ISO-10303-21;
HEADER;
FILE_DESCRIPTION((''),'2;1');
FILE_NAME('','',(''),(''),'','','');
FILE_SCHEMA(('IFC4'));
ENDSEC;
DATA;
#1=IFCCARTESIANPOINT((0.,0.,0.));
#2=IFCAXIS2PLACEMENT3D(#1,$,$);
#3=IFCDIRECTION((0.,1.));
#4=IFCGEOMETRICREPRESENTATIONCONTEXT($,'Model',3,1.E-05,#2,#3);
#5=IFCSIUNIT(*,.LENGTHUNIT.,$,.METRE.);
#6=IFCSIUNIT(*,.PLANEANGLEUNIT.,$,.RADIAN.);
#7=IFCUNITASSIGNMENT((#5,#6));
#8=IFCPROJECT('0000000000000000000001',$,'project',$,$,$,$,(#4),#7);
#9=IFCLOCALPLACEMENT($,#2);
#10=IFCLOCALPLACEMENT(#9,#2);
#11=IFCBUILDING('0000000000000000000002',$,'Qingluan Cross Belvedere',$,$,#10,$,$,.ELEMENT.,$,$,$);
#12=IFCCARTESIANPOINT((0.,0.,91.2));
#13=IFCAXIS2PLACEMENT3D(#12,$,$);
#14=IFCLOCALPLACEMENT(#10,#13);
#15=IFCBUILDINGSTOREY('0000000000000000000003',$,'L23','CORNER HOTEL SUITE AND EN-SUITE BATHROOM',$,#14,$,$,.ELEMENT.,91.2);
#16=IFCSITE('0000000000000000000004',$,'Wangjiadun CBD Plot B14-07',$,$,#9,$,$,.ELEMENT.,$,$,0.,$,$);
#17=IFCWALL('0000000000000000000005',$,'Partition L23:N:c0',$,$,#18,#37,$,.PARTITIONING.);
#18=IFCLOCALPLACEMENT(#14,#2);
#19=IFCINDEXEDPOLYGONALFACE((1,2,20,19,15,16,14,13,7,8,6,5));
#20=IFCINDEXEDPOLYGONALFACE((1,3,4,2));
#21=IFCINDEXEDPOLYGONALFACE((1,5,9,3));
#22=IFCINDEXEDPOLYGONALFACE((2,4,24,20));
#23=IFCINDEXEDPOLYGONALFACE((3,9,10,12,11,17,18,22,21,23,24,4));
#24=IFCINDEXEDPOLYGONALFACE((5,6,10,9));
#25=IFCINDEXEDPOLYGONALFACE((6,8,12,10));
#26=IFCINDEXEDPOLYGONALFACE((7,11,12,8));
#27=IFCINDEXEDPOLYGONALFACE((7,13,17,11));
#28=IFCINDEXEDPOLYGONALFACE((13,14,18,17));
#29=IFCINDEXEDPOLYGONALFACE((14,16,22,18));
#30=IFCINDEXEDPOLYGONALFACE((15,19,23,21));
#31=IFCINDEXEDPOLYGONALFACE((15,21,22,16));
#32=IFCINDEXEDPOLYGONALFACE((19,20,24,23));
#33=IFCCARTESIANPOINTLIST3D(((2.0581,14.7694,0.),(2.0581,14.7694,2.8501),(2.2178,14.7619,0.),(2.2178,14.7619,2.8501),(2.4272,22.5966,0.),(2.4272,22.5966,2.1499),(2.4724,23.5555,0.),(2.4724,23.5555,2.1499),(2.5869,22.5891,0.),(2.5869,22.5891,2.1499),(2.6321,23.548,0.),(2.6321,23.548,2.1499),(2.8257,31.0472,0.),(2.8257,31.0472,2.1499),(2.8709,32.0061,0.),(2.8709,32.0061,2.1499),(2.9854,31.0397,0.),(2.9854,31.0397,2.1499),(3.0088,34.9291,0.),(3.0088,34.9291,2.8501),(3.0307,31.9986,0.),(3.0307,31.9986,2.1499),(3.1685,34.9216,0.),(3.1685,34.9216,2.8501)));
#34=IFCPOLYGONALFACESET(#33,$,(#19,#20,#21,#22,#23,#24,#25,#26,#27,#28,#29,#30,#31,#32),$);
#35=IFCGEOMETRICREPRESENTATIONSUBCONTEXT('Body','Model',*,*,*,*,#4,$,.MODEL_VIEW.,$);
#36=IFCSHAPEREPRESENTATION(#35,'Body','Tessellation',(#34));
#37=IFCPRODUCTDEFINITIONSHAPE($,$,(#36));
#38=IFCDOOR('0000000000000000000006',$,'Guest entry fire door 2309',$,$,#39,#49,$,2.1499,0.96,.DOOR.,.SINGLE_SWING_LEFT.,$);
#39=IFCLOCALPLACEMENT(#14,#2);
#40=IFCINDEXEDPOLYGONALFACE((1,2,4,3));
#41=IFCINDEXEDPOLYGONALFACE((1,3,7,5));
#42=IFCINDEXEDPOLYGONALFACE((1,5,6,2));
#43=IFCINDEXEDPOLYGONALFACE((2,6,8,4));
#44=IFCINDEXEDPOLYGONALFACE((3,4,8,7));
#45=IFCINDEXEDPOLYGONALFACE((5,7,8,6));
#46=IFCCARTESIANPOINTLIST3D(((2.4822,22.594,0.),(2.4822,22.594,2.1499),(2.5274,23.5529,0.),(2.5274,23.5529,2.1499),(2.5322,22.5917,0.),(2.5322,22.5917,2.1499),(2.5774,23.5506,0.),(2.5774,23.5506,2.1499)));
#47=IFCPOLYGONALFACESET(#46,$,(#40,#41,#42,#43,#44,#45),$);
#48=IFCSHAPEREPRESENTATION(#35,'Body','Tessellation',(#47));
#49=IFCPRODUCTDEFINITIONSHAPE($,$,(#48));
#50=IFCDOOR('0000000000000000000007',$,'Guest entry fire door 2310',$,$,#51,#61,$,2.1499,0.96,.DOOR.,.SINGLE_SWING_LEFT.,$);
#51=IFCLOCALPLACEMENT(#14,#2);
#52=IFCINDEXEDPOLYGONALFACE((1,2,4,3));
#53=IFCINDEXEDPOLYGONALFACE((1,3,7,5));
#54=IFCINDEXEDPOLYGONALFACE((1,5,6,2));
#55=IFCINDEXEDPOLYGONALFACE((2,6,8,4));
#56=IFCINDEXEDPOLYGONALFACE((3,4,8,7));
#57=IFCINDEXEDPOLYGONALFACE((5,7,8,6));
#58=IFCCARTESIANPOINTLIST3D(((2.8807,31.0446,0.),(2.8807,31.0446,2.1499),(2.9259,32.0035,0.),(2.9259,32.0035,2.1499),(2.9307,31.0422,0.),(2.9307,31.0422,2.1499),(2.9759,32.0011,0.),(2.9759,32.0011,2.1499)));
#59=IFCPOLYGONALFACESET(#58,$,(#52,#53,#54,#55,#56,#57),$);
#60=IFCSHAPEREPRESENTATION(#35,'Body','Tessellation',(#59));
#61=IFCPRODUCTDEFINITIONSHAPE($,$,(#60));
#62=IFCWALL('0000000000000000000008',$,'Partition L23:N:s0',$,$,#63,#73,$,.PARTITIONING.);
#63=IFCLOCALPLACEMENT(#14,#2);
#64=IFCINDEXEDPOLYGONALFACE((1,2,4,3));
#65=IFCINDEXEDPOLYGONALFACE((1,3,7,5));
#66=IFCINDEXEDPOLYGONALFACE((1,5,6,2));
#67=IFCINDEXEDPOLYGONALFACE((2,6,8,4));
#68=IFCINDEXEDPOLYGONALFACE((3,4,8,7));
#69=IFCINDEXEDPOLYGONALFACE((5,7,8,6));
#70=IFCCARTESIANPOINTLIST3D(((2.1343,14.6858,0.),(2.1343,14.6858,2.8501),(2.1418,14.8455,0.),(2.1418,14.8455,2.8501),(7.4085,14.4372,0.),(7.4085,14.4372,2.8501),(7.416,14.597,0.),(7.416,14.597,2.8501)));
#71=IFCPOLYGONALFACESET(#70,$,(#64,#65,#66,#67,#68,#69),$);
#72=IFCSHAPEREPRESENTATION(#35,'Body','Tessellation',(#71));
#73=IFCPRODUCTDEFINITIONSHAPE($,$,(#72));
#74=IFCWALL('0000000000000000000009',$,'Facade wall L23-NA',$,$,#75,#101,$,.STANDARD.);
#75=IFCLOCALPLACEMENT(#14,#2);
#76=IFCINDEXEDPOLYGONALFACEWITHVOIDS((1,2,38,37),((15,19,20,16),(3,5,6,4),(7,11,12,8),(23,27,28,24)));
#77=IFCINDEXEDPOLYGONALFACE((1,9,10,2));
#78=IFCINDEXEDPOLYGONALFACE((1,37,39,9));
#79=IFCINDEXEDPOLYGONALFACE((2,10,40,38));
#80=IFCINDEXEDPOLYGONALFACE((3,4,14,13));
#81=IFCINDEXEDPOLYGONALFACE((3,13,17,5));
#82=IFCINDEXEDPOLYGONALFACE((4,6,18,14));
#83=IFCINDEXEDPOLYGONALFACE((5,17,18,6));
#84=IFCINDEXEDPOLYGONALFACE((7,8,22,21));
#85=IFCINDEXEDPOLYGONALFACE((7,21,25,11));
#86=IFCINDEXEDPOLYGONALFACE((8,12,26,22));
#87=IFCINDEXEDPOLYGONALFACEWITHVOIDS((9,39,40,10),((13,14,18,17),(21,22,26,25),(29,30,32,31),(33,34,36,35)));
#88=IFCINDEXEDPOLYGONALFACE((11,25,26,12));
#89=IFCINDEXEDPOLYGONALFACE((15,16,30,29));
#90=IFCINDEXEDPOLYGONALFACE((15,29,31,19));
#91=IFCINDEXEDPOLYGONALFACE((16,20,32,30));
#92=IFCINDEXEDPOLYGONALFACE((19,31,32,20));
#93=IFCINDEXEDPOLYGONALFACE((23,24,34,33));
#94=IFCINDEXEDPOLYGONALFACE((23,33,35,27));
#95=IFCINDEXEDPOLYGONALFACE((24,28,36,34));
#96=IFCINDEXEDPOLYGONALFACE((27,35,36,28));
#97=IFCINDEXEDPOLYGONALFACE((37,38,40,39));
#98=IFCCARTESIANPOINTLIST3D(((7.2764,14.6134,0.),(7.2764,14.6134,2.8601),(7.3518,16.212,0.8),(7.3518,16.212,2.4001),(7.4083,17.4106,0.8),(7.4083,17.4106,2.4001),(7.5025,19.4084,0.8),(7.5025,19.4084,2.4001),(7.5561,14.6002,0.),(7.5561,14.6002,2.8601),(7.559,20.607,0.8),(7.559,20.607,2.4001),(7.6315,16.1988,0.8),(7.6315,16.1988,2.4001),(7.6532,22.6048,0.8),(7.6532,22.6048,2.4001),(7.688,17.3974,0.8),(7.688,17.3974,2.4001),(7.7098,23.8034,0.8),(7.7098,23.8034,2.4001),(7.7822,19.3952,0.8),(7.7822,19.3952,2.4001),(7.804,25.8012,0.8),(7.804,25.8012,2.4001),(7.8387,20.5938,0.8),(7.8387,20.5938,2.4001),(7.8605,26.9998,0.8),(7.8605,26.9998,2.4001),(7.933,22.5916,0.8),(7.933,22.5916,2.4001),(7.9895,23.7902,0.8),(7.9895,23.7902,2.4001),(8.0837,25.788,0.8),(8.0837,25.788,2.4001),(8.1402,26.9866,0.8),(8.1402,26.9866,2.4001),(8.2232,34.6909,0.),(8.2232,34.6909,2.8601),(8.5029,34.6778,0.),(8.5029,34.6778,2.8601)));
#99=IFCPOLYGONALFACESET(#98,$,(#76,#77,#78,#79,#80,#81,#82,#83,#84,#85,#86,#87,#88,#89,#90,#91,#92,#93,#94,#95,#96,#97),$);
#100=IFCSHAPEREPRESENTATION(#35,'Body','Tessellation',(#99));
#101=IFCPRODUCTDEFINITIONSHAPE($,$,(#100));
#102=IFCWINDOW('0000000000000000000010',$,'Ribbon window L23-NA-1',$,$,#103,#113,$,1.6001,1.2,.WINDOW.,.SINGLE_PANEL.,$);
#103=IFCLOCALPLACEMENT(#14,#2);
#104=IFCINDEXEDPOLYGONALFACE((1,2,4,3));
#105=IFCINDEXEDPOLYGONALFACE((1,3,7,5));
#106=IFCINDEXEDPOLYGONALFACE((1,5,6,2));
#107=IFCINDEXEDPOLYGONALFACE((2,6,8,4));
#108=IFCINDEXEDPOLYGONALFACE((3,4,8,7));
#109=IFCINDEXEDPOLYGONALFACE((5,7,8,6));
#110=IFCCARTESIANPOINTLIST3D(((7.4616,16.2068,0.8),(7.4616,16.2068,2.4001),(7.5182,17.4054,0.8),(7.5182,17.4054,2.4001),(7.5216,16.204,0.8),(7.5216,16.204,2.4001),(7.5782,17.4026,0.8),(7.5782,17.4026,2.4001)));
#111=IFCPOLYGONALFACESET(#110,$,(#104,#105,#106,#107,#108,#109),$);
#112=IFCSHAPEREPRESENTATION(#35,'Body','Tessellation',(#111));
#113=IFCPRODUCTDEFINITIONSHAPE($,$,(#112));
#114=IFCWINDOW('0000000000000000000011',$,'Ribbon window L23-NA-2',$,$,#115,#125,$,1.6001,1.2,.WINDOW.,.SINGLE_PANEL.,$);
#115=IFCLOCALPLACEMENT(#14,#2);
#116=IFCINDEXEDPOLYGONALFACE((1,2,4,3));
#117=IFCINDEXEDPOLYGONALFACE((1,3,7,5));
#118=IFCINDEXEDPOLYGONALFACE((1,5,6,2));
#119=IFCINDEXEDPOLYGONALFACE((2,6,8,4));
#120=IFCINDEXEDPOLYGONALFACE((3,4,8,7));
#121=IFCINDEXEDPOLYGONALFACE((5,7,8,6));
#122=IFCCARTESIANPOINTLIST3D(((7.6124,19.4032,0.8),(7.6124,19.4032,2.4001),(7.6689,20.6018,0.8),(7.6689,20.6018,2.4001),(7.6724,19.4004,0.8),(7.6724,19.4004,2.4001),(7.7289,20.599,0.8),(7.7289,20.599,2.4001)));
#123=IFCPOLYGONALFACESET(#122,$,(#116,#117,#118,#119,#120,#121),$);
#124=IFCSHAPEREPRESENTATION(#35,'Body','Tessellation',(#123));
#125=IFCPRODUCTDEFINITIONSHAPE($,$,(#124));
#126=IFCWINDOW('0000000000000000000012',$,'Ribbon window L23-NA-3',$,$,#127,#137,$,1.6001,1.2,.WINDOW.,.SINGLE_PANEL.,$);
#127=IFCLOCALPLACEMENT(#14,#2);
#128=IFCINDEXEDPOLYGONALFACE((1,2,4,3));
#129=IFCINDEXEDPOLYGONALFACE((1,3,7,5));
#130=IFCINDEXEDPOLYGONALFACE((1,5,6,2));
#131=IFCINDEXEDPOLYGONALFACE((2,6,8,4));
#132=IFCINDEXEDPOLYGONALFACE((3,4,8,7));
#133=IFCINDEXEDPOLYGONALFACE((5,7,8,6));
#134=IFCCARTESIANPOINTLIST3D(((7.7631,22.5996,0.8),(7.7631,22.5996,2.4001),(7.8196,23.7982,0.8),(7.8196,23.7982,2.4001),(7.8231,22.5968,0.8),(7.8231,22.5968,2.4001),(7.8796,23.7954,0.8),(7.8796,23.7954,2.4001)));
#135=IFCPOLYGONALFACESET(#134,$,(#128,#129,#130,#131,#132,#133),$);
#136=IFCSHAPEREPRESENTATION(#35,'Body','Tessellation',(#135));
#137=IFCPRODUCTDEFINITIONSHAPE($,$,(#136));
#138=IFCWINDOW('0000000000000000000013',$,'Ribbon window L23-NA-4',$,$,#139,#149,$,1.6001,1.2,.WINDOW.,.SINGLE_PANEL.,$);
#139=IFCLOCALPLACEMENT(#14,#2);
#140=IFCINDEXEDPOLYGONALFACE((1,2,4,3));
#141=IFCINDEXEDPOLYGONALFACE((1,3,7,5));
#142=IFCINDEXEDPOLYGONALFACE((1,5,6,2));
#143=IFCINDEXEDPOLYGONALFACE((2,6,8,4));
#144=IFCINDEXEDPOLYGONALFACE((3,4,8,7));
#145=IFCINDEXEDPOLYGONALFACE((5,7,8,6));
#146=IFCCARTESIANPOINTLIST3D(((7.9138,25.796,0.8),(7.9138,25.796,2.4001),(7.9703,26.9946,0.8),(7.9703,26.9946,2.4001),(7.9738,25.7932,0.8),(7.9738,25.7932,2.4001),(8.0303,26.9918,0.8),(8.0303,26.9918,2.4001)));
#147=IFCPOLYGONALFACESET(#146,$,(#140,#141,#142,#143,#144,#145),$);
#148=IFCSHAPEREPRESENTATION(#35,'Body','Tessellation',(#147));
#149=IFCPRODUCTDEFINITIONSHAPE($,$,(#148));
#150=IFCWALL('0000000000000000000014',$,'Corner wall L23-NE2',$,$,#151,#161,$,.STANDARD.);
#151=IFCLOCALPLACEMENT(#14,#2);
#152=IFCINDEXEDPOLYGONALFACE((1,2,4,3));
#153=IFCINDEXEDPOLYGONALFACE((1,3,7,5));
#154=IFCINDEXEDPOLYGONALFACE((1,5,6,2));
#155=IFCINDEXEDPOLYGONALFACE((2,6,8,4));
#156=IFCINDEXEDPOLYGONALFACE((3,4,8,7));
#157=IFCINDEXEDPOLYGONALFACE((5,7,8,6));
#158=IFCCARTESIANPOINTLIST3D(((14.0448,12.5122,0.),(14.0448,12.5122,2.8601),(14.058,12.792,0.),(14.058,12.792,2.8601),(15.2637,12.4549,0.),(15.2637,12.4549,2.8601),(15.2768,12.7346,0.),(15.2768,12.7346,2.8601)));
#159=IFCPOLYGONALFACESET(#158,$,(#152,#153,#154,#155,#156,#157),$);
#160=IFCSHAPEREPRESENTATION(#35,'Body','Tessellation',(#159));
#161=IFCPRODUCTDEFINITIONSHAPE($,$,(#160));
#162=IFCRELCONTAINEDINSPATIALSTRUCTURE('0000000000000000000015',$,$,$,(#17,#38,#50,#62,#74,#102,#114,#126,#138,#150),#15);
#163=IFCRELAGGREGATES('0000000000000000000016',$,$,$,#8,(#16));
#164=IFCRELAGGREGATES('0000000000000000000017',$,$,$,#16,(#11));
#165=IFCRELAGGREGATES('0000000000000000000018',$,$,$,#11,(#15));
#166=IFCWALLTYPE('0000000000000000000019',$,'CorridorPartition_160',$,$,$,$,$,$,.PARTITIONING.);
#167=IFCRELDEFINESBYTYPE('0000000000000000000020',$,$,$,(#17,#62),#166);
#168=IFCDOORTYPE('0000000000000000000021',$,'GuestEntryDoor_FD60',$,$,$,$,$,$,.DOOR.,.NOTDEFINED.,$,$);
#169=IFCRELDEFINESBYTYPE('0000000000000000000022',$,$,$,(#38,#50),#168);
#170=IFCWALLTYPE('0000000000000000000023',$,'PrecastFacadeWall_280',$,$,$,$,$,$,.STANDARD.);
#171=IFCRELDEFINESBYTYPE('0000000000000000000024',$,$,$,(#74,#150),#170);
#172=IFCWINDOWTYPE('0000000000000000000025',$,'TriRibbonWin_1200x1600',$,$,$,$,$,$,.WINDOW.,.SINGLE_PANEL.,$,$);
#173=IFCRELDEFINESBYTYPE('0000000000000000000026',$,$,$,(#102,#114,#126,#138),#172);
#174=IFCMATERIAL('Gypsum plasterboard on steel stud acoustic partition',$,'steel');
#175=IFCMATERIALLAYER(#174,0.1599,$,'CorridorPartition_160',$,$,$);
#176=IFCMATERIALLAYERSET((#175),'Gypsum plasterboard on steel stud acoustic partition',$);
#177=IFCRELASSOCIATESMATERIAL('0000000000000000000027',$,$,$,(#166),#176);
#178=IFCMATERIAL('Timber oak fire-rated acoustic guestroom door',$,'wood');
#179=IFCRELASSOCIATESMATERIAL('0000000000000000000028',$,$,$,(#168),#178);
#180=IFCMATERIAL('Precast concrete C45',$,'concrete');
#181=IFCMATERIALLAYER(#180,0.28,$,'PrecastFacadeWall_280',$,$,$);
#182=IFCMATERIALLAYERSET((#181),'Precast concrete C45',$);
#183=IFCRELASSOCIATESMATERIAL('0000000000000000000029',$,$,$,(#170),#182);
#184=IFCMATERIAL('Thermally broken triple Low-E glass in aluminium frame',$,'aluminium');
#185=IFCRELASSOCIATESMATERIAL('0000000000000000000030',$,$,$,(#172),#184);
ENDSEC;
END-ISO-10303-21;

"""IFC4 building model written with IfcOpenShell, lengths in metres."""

from ifc_helpers import new_model, si_unit, direction, frame, frame_2d, origin, place, context, subcontext, project, spatial, rectangle, extrude, material, layer, layer_set, type_object, element, fill, save


model = new_model("IFC4")

# Units and contexts
model_context = context("Model", 3, precision=1e-05, world=origin(), true_north=direction((0.0, 1.0)))
body_context = subcontext(model_context, "Body", "Model", "MODEL_VIEW")
ifc_project = project(units=[si_unit("LENGTHUNIT", "METRE"), si_unit("PLANEANGLEUNIT", "RADIAN")], contexts=[model_context])

# Site, building, storey
site_placement = place(None, origin())
site = spatial("IfcSite", under=ifc_project, at=site_placement, Name="Wangjiadun CBD Plot B14-07", CompositionType="ELEMENT", RefElevation=0.0)
building_placement = place(site_placement, origin())
building = spatial("IfcBuilding", under=site, at=building_placement, Name="Qingluan Cross Belvedere", CompositionType="ELEMENT")
storey_placement = place(building_placement, frame((0.0, 0.0, 91.2)))
storey = spatial("IfcBuildingStorey", under=building, at=storey_placement, Name="L23", Description="CORNER HOTEL SUITE AND EN-SUITE BATHROOM", CompositionType="ELEMENT", Elevation=91.2)

# Shared definitions
ifc_material_1 = material(Name="Gypsum plasterboard on steel stud acoustic partition", Category="steel")
ifc_layer_1 = layer(ifc_material_1, 0.1599, Name="CorridorPartition_160")
ifc_layer_set_1 = layer_set([ifc_layer_1], Name="Gypsum plasterboard on steel stud acoustic partition")
wall_type_1 = type_object("IfcWallType", Name="CorridorPartition_160", PredefinedType="PARTITIONING", material=ifc_layer_set_1)

# Wall, openings, doors
wall_1_placement = place(storey_placement, frame((2.1379, 14.7656, 0.0), z_axis=(0.0, 0.0, 1.0), x_axis=(0.047105, 0.99889, 0.0)))
wall_1 = element("IfcWall", 1, at=wall_1_placement, inside=storey, type_object=wall_type_1, Name="Partition L23:N:c0", PredefinedType="PARTITIONING", context=body_context, shape_type="SweptSolid", body=[
    extrude(rectangle(XDim=20.1821, YDim=0.1599, at=frame_2d((10.0911, 0.0))), origin(), (0.0, 0.0, 1.0), 2.8501),
])
opening_1_placement = place(wall_1_placement, frame((7.8359, 0.0, 0.0)))
opening_1 = element("IfcOpeningElement", 2, at=opening_1_placement, cuts=wall_1, PredefinedType="OPENING", context=body_context, shape_type="SweptSolid", body=[
    extrude(rectangle(XDim=0.96, YDim=2.1499, at=frame_2d((0.48, 1.075))), frame((0.0, 0.0898, 0.0), z_axis=(0.0, -1.0, 0.0), x_axis=(1.0, 0.0, 0.0)), (0.0, 0.0, 1.0), 0.1799),
])
opening_2_placement = place(wall_1_placement, frame((16.2959, 0.0, 0.0)))
opening_2 = element("IfcOpeningElement", 3, at=opening_2_placement, cuts=wall_1, PredefinedType="OPENING", context=body_context, shape_type="SweptSolid", body=[
    extrude(rectangle(XDim=0.96, YDim=2.1499, at=frame_2d((0.48, 1.075))), frame((0.0, 0.0898, 0.0), z_axis=(0.0, -1.0, 0.0), x_axis=(1.0, 0.0, 0.0)), (0.0, 0.0, 1.0), 0.1799),
])
ifc_material_2 = material(Name="Timber oak fire-rated acoustic guestroom door", Category="wood")
door_type = type_object("IfcDoorType", Name="GuestEntryDoor_FD60", OperationType="NOTDEFINED", PredefinedType="DOOR", material=ifc_material_2)
door_1_placement = place(opening_1_placement, origin())
door_1 = element("IfcDoor", 4, at=door_1_placement, inside=storey, type_object=door_type, Name="Guest entry fire door 2309", OperationType="SINGLE_SWING_LEFT", OverallHeight=2.1499, OverallWidth=0.96, PredefinedType="DOOR", context=body_context, shape_type="SweptSolid", body=[
    extrude(rectangle(XDim=0.96, YDim=2.1499, at=frame_2d((0.48, 1.075))), frame((0.0, 0.0249, 0.0), z_axis=(0.0, -1.0, 0.0), x_axis=(1.0, 0.0, 0.0)), (0.0, 0.0, 1.0), 0.05),
])
fill(opening_1, door_1)
door_2_placement = place(opening_2_placement, origin())
door_2 = element("IfcDoor", 5, at=door_2_placement, inside=storey, type_object=door_type, Name="Guest entry fire door 2310", OperationType="SINGLE_SWING_LEFT", OverallHeight=2.1499, OverallWidth=0.96, PredefinedType="DOOR", context=body_context, shape_type="SweptSolid", body=[
    extrude(rectangle(XDim=0.96, YDim=2.1499, at=frame_2d((0.48, 1.075))), frame((0.0, 0.0249, 0.0), z_axis=(0.0, -1.0, 0.0), x_axis=(1.0, 0.0, 0.0)), (0.0, 0.0, 1.0), 0.05),
])
fill(opening_2, door_2)

# Wall
wall_2_placement = place(storey_placement, frame((2.1379, 14.7656, 0.0), z_axis=(0.0, 0.0, 1.0), x_axis=(0.998892, -0.047071, 0.0)))
element("IfcWall", 6, at=wall_2_placement, inside=storey, type_object=wall_type_1, Name="Partition L23:N:s0", PredefinedType="PARTITIONING", context=body_context, shape_type="SweptSolid", body=[
    extrude(rectangle(XDim=5.28, YDim=0.1599, at=frame_2d((2.6401, 0.0))), origin(), (0.0, 0.0, 1.0), 2.8501),
])

# Wall, openings, windows
ifc_material_3 = material(Name="Precast concrete C45", Category="concrete")
ifc_layer_2 = layer(ifc_material_3, 0.28, Name="PrecastFacadeWall_280")
ifc_layer_set_2 = layer_set([ifc_layer_2], Name="Precast concrete C45")
wall_type_2 = type_object("IfcWallType", Name="PrecastFacadeWall_280", PredefinedType="STANDARD", material=ifc_layer_set_2)
wall_3_placement = place(storey_placement, frame((7.4163, 14.6069, 0.0), z_axis=(0.0, 0.0, 1.0), x_axis=(0.047103, 0.99889, 0.0)))
wall_3 = element("IfcWall", 7, at=wall_3_placement, inside=storey, type_object=wall_type_2, Name="Facade wall L23-NA", PredefinedType="STANDARD", context=body_context, shape_type="SweptSolid", body=[
    extrude(rectangle(XDim=20.0999, YDim=0.28, at=frame_2d((10.0498, 0.0))), origin(), (0.0, 0.0, 1.0), 2.8601),
])
opening_3_placement = place(wall_3_placement, frame((1.6001, 0.0, 0.8)))
opening_3 = element("IfcOpeningElement", 8, at=opening_3_placement, cuts=wall_3, PredefinedType="OPENING", context=body_context, shape_type="SweptSolid", body=[
    extrude(rectangle(XDim=1.2, YDim=1.6001, at=frame_2d((0.6001, 0.8))), frame((0.0, 0.1499, 0.0), z_axis=(0.0, -1.0, 0.0), x_axis=(1.0, 0.0, 0.0)), (0.0, 0.0, 1.0), 0.3),
])
opening_4_placement = place(wall_3_placement, frame((4.8, 0.0, 0.8)))
opening_4 = element("IfcOpeningElement", 9, at=opening_4_placement, cuts=wall_3, PredefinedType="OPENING", context=body_context, shape_type="SweptSolid", body=[
    extrude(rectangle(XDim=1.2, YDim=1.6001, at=frame_2d((0.6001, 0.8))), frame((0.0, 0.1499, 0.0), z_axis=(0.0, -1.0, 0.0), x_axis=(1.0, 0.0, 0.0)), (0.0, 0.0, 1.0), 0.3),
])
opening_5_placement = place(wall_3_placement, frame((8.0, 0.0, 0.8)))
opening_5 = element("IfcOpeningElement", 10, at=opening_5_placement, cuts=wall_3, PredefinedType="OPENING", context=body_context, shape_type="SweptSolid", body=[
    extrude(rectangle(XDim=1.2, YDim=1.6001, at=frame_2d((0.6001, 0.8))), frame((0.0, 0.1499, 0.0), z_axis=(0.0, -1.0, 0.0), x_axis=(1.0, 0.0, 0.0)), (0.0, 0.0, 1.0), 0.3),
])
opening_6_placement = place(wall_3_placement, frame((11.2, 0.0, 0.8)))
opening_6 = element("IfcOpeningElement", 11, at=opening_6_placement, cuts=wall_3, PredefinedType="OPENING", context=body_context, shape_type="SweptSolid", body=[
    extrude(rectangle(XDim=1.2, YDim=1.6001, at=frame_2d((0.6001, 0.8))), frame((0.0, 0.1499, 0.0), z_axis=(0.0, -1.0, 0.0), x_axis=(1.0, 0.0, 0.0)), (0.0, 0.0, 1.0), 0.3),
])
ifc_material_4 = material(Name="Thermally broken triple Low-E glass in aluminium frame", Category="aluminium")
window_type = type_object("IfcWindowType", Name="TriRibbonWin_1200x1600", PartitioningType="SINGLE_PANEL", PredefinedType="WINDOW", material=ifc_material_4)
window_1_placement = place(opening_3_placement, origin())
window_1 = element("IfcWindow", 12, at=window_1_placement, inside=storey, type_object=window_type, Name="Ribbon window L23-NA-1", OverallHeight=1.6001, OverallWidth=1.2, PartitioningType="SINGLE_PANEL", PredefinedType="WINDOW", context=body_context, shape_type="SweptSolid", body=[
    extrude(rectangle(XDim=1.2, YDim=1.6001, at=frame_2d((0.6001, 0.8))), frame((0.0, 0.03, 0.0), z_axis=(0.0, -1.0, 0.0), x_axis=(1.0, 0.0, 0.0)), (0.0, 0.0, 1.0), 0.0601),
])
fill(opening_3, window_1)
window_2_placement = place(opening_4_placement, origin())
window_2 = element("IfcWindow", 13, at=window_2_placement, inside=storey, type_object=window_type, Name="Ribbon window L23-NA-2", OverallHeight=1.6001, OverallWidth=1.2, PartitioningType="SINGLE_PANEL", PredefinedType="WINDOW", context=body_context, shape_type="SweptSolid", body=[
    extrude(rectangle(XDim=1.2, YDim=1.6001, at=frame_2d((0.6001, 0.8))), frame((0.0, 0.03, 0.0), z_axis=(0.0, -1.0, 0.0), x_axis=(1.0, 0.0, 0.0)), (0.0, 0.0, 1.0), 0.0601),
])
fill(opening_4, window_2)
window_3_placement = place(opening_5_placement, origin())
window_3 = element("IfcWindow", 14, at=window_3_placement, inside=storey, type_object=window_type, Name="Ribbon window L23-NA-3", OverallHeight=1.6001, OverallWidth=1.2, PartitioningType="SINGLE_PANEL", PredefinedType="WINDOW", context=body_context, shape_type="SweptSolid", body=[
    extrude(rectangle(XDim=1.2, YDim=1.6001, at=frame_2d((0.6001, 0.8))), frame((0.0, 0.03, 0.0), z_axis=(0.0, -1.0, 0.0), x_axis=(1.0, 0.0, 0.0)), (0.0, 0.0, 1.0), 0.0601),
])
fill(opening_5, window_3)
window_4_placement = place(opening_6_placement, origin())
window_4 = element("IfcWindow", 15, at=window_4_placement, inside=storey, type_object=window_type, Name="Ribbon window L23-NA-4", OverallHeight=1.6001, OverallWidth=1.2, PartitioningType="SINGLE_PANEL", PredefinedType="WINDOW", context=body_context, shape_type="SweptSolid", body=[
    extrude(rectangle(XDim=1.2, YDim=1.6001, at=frame_2d((0.6001, 0.8))), frame((0.0, 0.03, 0.0), z_axis=(0.0, -1.0, 0.0), x_axis=(1.0, 0.0, 0.0)), (0.0, 0.0, 1.0), 0.0601),
])
fill(opening_6, window_4)

# Wall
wall_4_placement = place(storey_placement, frame((15.2703, 12.5947, 0.0), z_axis=(0.0, 0.0, 1.0), x_axis=(-0.998894, 0.047023, 0.0)))
element("IfcWall", 16, at=wall_4_placement, inside=storey, type_object=wall_type_2, Name="Corner wall L23-NE2", PredefinedType="STANDARD", context=body_context, shape_type="SweptSolid", body=[
    extrude(rectangle(XDim=1.2202, YDim=0.28, at=frame_2d((0.6101, 0.0))), origin(), (0.0, 0.0, 1.0), 2.8601),
])

save(model, "model.ifc")
